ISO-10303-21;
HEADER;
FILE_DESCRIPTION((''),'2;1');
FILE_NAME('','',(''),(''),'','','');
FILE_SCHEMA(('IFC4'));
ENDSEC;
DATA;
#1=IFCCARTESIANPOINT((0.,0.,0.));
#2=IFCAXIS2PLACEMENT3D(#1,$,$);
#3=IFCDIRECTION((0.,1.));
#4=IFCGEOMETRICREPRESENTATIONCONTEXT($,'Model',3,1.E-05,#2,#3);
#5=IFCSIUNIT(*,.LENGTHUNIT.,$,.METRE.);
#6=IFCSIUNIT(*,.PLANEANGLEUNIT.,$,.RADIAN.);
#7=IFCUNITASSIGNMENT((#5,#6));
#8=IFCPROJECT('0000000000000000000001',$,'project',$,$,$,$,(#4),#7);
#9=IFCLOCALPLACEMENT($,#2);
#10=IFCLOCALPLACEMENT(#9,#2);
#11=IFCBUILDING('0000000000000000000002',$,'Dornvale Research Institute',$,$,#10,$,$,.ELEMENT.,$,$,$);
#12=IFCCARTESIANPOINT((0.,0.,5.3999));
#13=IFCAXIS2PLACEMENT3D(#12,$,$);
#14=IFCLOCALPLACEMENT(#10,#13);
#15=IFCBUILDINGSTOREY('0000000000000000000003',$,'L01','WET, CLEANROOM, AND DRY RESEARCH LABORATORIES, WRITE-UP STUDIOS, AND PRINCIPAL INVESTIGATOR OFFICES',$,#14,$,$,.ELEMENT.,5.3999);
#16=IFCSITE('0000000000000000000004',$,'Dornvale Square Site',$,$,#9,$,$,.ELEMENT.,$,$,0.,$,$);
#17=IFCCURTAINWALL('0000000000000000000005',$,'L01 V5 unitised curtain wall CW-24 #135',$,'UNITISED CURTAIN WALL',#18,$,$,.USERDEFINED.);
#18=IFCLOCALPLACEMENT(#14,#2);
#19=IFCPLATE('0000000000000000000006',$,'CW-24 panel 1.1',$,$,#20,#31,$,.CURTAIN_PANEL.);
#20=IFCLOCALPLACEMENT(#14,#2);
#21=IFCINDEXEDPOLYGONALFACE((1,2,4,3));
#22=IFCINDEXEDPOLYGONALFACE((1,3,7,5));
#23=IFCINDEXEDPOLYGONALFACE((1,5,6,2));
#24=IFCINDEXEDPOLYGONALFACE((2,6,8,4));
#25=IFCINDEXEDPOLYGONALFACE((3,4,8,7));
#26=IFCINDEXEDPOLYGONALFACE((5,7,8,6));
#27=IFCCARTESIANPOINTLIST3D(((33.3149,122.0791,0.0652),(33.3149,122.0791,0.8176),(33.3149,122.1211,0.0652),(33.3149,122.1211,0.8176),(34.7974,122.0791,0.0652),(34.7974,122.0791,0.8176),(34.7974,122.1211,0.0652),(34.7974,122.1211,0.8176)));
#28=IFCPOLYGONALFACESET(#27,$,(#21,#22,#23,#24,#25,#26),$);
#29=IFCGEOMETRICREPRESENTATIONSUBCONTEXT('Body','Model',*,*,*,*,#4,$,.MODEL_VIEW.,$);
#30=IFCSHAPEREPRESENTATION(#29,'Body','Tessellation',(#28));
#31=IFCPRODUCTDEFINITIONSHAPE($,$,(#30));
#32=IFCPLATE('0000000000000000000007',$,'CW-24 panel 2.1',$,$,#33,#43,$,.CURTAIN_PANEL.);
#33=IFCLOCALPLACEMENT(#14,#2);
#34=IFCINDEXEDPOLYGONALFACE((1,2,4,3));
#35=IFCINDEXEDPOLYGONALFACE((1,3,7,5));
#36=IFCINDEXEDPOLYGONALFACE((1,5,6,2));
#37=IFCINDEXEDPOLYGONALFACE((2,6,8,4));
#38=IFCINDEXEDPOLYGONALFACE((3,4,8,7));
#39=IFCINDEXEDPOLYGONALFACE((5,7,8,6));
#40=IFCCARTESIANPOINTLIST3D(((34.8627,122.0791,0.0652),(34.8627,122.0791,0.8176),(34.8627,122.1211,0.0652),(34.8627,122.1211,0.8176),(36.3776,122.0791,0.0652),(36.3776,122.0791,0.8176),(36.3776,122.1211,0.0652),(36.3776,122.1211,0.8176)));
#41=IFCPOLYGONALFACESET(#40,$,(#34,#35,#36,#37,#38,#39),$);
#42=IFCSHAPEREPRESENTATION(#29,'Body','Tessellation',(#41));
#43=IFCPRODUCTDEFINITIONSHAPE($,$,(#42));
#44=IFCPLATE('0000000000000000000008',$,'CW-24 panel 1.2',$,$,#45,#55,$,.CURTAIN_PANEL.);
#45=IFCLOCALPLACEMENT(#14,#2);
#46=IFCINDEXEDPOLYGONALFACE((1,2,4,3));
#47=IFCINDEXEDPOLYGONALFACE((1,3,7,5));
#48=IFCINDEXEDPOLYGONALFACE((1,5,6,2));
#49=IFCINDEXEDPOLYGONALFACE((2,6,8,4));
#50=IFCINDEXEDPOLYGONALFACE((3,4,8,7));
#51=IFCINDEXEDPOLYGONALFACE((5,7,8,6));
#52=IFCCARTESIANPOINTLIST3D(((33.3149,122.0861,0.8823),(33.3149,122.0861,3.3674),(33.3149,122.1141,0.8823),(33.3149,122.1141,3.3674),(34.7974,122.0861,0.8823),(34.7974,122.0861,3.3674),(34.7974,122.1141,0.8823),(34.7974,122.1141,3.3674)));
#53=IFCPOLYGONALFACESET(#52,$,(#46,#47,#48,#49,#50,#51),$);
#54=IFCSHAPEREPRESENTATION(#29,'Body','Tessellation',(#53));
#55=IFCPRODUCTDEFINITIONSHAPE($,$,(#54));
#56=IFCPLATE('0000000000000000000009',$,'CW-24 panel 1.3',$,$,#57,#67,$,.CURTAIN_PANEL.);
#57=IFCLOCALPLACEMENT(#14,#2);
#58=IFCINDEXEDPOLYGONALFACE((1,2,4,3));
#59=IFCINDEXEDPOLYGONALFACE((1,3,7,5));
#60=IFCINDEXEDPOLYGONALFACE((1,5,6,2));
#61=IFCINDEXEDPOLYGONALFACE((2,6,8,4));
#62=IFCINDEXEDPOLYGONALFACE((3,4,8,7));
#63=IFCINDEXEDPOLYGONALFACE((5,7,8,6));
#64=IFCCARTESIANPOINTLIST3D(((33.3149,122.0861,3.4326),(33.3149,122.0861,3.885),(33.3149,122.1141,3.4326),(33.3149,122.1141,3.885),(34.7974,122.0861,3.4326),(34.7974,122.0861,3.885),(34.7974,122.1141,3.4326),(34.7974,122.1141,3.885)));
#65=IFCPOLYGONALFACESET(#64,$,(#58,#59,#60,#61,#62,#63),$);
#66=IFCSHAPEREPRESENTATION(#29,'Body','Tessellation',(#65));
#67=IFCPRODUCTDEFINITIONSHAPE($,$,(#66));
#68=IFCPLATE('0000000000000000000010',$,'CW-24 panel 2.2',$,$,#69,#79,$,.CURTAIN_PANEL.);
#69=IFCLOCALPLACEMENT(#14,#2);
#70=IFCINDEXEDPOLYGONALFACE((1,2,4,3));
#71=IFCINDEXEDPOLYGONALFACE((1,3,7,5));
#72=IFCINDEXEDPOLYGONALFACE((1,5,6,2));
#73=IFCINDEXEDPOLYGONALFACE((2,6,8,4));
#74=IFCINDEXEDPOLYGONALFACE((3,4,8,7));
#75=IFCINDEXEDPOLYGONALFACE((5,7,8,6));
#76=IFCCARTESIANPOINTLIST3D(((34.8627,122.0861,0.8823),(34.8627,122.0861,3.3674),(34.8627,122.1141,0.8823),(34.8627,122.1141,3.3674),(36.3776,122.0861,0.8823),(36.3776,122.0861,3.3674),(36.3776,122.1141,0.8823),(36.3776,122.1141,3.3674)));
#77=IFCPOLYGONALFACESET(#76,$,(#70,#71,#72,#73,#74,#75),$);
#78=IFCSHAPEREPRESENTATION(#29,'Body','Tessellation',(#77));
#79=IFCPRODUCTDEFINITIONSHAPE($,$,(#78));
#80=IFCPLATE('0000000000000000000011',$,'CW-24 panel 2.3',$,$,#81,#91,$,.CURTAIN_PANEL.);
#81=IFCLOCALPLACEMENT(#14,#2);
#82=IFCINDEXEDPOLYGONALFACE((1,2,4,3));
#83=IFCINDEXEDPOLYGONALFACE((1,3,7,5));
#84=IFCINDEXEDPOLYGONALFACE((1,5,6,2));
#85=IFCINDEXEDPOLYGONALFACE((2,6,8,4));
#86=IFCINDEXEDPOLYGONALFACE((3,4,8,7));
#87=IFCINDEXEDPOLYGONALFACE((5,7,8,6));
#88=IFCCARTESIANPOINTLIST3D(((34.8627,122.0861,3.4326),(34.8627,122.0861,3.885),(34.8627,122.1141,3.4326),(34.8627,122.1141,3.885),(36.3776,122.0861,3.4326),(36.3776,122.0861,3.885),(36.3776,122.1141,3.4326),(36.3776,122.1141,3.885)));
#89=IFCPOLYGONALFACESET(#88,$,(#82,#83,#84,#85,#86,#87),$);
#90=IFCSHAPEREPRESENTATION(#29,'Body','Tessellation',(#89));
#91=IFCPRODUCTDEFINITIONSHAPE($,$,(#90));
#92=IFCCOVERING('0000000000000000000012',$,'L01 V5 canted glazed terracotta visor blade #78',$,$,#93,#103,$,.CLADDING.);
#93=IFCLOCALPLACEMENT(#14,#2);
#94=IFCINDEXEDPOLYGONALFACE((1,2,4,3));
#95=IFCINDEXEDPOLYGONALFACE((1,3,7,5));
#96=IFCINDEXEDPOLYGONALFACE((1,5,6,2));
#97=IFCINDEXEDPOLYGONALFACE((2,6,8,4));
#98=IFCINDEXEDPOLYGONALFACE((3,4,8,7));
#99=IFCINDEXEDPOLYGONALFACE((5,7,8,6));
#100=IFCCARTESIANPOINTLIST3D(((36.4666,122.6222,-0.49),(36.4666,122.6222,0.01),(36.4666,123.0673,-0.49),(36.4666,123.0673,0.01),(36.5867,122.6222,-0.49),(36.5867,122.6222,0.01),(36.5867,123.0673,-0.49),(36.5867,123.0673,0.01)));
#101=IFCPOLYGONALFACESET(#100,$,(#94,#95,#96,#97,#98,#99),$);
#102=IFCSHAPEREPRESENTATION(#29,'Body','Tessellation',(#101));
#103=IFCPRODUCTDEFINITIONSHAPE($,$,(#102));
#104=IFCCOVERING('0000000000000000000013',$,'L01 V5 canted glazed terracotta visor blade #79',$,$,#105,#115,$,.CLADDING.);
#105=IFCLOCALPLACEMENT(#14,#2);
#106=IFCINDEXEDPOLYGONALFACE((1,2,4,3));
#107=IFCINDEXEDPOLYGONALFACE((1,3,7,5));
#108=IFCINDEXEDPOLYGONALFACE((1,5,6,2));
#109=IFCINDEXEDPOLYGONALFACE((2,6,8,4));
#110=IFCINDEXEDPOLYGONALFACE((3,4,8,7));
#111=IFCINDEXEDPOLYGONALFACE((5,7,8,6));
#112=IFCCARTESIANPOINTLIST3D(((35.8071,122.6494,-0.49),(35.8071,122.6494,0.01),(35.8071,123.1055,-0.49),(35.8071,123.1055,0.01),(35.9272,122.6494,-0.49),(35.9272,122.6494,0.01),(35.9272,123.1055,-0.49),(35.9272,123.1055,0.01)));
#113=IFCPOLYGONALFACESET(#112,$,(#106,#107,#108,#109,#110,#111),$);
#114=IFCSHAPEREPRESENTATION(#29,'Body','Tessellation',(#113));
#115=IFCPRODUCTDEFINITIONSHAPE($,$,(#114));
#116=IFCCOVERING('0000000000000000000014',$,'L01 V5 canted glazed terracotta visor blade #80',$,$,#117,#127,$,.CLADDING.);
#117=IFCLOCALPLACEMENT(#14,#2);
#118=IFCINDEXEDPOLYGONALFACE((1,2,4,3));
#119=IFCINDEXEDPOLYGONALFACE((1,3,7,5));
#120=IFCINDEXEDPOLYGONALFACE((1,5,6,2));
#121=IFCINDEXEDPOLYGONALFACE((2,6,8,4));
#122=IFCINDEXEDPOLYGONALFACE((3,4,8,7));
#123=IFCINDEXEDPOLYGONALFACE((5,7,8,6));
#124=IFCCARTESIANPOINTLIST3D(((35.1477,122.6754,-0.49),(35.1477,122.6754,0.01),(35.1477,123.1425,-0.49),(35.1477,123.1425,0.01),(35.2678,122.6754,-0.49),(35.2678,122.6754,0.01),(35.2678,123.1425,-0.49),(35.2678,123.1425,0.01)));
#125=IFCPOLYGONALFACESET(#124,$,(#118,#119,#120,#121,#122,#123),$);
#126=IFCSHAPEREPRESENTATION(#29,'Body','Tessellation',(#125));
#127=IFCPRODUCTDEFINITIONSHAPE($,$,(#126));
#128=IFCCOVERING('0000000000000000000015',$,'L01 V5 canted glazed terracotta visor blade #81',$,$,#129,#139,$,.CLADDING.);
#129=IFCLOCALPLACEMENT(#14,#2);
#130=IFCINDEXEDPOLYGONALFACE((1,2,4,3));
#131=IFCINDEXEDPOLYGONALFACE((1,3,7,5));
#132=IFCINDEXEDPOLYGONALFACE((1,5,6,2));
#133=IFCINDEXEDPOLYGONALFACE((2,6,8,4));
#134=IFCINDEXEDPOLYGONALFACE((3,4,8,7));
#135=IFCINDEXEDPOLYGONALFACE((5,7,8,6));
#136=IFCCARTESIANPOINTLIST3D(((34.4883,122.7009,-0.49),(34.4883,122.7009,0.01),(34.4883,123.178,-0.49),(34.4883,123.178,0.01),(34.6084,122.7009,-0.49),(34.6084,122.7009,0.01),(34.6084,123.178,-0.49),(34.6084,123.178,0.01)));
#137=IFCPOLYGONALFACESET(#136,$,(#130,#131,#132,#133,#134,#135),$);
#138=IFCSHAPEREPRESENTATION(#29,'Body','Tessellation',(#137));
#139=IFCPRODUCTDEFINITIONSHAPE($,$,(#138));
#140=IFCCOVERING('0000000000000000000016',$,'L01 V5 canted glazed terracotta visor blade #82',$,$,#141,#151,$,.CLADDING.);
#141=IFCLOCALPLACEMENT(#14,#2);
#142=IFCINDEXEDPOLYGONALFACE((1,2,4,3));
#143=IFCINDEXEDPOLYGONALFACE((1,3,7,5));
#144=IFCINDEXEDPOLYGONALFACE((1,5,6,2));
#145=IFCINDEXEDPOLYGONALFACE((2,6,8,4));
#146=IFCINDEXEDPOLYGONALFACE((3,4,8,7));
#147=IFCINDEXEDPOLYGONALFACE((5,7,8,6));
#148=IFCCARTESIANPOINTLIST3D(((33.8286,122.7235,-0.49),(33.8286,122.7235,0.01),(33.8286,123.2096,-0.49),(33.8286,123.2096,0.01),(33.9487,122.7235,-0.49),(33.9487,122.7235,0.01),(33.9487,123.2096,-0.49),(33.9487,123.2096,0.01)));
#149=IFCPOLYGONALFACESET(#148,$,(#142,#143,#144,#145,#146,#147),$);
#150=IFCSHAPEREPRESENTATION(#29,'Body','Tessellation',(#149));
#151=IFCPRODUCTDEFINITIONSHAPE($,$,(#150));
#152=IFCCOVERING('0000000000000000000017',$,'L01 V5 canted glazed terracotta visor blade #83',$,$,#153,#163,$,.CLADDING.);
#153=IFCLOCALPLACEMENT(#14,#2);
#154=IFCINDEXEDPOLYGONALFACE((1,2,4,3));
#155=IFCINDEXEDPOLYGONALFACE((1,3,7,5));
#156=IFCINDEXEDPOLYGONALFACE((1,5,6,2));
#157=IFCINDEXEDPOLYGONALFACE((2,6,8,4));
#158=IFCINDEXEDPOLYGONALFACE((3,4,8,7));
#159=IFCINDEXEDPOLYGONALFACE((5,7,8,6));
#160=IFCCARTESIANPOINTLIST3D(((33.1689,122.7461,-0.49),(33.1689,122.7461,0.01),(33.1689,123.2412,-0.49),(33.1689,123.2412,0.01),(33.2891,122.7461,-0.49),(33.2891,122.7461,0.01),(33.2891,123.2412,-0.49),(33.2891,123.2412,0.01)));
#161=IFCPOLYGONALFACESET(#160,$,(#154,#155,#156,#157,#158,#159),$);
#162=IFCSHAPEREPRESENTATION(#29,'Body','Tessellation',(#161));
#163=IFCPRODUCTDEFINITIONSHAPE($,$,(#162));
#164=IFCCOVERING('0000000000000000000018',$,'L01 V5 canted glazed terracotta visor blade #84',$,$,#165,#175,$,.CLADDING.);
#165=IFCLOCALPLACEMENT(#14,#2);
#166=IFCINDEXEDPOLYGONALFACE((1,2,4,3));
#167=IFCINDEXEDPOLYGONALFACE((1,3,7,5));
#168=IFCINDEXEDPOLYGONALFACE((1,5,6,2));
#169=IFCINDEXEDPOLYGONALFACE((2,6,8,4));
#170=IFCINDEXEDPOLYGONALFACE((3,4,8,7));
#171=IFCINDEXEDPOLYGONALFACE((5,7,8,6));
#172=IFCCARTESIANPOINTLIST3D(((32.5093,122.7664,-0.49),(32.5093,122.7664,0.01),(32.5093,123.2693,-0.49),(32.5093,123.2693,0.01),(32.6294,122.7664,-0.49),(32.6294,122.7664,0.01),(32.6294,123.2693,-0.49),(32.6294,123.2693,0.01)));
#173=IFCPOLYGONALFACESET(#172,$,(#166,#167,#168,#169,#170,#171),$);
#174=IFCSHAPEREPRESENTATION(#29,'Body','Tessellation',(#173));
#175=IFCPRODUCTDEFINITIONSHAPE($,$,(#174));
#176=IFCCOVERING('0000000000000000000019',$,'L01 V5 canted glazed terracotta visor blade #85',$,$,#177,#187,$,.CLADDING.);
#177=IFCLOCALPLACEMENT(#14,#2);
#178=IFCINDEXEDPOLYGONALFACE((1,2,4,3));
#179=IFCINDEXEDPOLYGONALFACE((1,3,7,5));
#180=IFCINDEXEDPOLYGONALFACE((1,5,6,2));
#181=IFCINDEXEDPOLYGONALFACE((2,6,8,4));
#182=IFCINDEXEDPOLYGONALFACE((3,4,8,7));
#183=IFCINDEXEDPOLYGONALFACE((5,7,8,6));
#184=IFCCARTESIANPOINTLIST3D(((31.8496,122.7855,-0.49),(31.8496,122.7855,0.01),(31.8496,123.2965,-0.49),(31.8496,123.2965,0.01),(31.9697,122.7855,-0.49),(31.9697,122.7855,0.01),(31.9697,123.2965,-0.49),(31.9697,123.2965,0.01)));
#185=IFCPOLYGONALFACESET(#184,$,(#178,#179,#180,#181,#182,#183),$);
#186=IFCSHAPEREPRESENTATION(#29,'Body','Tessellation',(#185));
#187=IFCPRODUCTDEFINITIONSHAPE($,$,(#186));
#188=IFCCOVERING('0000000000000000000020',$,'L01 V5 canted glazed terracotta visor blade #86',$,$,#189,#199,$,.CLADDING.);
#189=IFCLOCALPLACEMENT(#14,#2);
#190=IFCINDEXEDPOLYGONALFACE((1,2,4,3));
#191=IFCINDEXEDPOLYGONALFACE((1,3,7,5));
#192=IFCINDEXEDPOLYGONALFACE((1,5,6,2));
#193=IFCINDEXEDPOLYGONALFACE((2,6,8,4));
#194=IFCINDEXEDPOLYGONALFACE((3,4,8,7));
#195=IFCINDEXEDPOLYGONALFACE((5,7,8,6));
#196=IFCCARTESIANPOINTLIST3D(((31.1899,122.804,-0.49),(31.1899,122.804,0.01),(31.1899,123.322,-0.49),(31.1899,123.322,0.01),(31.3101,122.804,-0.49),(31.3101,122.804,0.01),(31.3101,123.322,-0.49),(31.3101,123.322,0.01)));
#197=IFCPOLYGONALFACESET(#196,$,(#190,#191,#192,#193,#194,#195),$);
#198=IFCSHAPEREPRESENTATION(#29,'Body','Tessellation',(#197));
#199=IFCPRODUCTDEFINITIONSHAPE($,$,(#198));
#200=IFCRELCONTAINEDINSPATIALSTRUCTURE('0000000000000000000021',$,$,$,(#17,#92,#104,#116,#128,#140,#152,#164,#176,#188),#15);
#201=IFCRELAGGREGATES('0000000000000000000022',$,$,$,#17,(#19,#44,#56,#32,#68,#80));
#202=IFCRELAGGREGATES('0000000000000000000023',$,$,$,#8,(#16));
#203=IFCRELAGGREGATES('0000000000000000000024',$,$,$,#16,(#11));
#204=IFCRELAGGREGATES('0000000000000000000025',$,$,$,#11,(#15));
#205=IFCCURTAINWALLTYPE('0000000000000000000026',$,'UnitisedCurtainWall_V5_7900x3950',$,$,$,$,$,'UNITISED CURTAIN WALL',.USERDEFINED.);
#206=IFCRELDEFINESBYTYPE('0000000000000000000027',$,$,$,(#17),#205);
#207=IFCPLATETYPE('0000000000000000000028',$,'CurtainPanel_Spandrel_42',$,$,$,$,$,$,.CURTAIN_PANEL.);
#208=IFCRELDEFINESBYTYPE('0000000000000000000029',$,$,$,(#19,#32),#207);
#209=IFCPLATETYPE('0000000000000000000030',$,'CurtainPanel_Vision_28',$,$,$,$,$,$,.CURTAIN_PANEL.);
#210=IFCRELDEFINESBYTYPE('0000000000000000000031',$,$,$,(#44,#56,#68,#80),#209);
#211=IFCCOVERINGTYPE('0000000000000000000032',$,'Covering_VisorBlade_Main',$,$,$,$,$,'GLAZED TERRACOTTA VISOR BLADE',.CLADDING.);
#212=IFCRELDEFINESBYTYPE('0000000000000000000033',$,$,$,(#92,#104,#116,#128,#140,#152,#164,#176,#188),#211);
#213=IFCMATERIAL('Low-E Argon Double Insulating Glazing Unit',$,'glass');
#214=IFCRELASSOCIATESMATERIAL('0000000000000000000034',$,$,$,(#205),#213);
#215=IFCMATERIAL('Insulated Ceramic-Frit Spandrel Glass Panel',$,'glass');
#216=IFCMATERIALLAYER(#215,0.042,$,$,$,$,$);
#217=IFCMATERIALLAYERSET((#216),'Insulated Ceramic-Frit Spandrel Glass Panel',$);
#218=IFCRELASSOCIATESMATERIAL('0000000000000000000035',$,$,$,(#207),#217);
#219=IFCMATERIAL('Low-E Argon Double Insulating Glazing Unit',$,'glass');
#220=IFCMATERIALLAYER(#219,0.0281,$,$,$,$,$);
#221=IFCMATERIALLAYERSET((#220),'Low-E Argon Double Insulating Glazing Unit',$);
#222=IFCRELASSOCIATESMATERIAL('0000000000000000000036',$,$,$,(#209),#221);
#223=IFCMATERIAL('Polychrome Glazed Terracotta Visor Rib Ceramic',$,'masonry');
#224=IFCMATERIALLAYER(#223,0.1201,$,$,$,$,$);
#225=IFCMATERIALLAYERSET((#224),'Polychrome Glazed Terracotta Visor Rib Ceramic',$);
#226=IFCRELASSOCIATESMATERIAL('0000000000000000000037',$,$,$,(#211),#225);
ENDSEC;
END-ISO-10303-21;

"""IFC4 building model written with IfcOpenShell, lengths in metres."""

from ifc_helpers import new_model, si_unit, direction, frame, origin, origin_2d, place, context, subcontext, project, spatial, rectangle, extrude, material, layer, layer_set, type_object, element, aggregate, save


model = new_model("IFC4")

# Units and contexts
model_context = context("Model", 3, precision=1e-05, world=origin(), true_north=direction((0.0, 1.0)))
body_context = subcontext(model_context, "Body", "Model", "MODEL_VIEW")
ifc_project = project(units=[si_unit("LENGTHUNIT", "METRE"), si_unit("PLANEANGLEUNIT", "RADIAN")], contexts=[model_context])

# Site, building, storey
site_placement = place(None, origin())
site = spatial("IfcSite", under=ifc_project, at=site_placement, Name="Dornvale Square Site", CompositionType="ELEMENT", RefElevation=0.0)
building_placement = place(site_placement, origin())
building = spatial("IfcBuilding", under=site, at=building_placement, Name="Dornvale Research Institute", CompositionType="ELEMENT")
storey_placement = place(building_placement, frame((0.0, 0.0, 5.3999)))
storey = spatial("IfcBuildingStorey", under=building, at=storey_placement, Name="L01", Description="WET, CLEANROOM, AND DRY RESEARCH LABORATORIES, WRITE-UP STUDIOS, AND PRINCIPAL INVESTIGATOR OFFICES", CompositionType="ELEMENT", Elevation=5.3999)

# Curtain wall, plates
ifc_material_1 = material(Name="Low-E Argon Double Insulating Glazing Unit", Category="glass")
curtain_wall_type = type_object("IfcCurtainWallType", Name="UnitisedCurtainWall_V5_7900x3950", ElementType="UNITISED CURTAIN WALL", PredefinedType="USERDEFINED", material=ifc_material_1)
curtain_wall_placement = place(storey_placement, origin())
curtain_wall = element("IfcCurtainWall", 1, at=curtain_wall_placement, inside=storey, type_object=curtain_wall_type, Name="L01 V5 unitised curtain wall CW-24 #135", ObjectType="UNITISED CURTAIN WALL", PredefinedType="USERDEFINED")
ifc_material_2 = material(Name="Insulated Ceramic-Frit Spandrel Glass Panel", Category="glass")
ifc_layer_1 = layer(ifc_material_2, 0.042)
ifc_layer_set_1 = layer_set([ifc_layer_1], Name="Insulated Ceramic-Frit Spandrel Glass Panel")
plate_type_1 = type_object("IfcPlateType", Name="CurtainPanel_Spandrel_42", PredefinedType="CURTAIN_PANEL", material=ifc_layer_set_1)
plate_1_placement = place(storey_placement, frame((34.0562, 122.1001, 0.0652), z_axis=(0.0, 0.0, 1.0), x_axis=(1.0, 0.0, 0.0)))
plate_1 = element("IfcPlate", 2, at=plate_1_placement, type_object=plate_type_1, Name="CW-24 panel 1.1", PredefinedType="CURTAIN_PANEL", context=body_context, shape_type="SweptSolid", body=[
    extrude(rectangle(XDim=1.4824, YDim=0.042, at=origin_2d()), origin(), (0.0, 0.0, 1.0), 0.7524),
])
plate_2_placement = place(storey_placement, frame((35.6201, 122.1001, 0.0652), z_axis=(0.0, 0.0, 1.0), x_axis=(1.0, 0.0, 0.0)))
plate_2 = element("IfcPlate", 3, at=plate_2_placement, type_object=plate_type_1, Name="CW-24 panel 2.1", PredefinedType="CURTAIN_PANEL", context=body_context, shape_type="SweptSolid", body=[
    extrude(rectangle(XDim=1.5149, YDim=0.042, at=origin_2d()), origin(), (0.0, 0.0, 1.0), 0.7524),
])
ifc_material_3 = material(Name="Low-E Argon Double Insulating Glazing Unit", Category="glass")
ifc_layer_2 = layer(ifc_material_3, 0.0281)
ifc_layer_set_2 = layer_set([ifc_layer_2], Name="Low-E Argon Double Insulating Glazing Unit")
plate_type_2 = type_object("IfcPlateType", Name="CurtainPanel_Vision_28", PredefinedType="CURTAIN_PANEL", material=ifc_layer_set_2)
plate_3_placement = place(storey_placement, frame((34.0562, 122.1001, 0.8823), z_axis=(0.0, 0.0, 1.0), x_axis=(1.0, 0.0, 0.0)))
plate_3 = element("IfcPlate", 4, at=plate_3_placement, type_object=plate_type_2, Name="CW-24 panel 1.2", PredefinedType="CURTAIN_PANEL", context=body_context, shape_type="SweptSolid", body=[
    extrude(rectangle(XDim=1.4824, YDim=0.0281, at=origin_2d()), origin(), (0.0, 0.0, 1.0), 2.4851),
])
plate_4_placement = place(storey_placement, frame((34.0562, 122.1001, 3.4326), z_axis=(0.0, 0.0, 1.0), x_axis=(1.0, 0.0, 0.0)))
plate_4 = element("IfcPlate", 5, at=plate_4_placement, type_object=plate_type_2, Name="CW-24 panel 1.3", PredefinedType="CURTAIN_PANEL", context=body_context, shape_type="SweptSolid", body=[
    extrude(rectangle(XDim=1.4824, YDim=0.0281, at=origin_2d()), origin(), (0.0, 0.0, 1.0), 0.4524),
])
plate_5_placement = place(storey_placement, frame((35.6201, 122.1001, 0.8823), z_axis=(0.0, 0.0, 1.0), x_axis=(1.0, 0.0, 0.0)))
plate_5 = element("IfcPlate", 6, at=plate_5_placement, type_object=plate_type_2, Name="CW-24 panel 2.2", PredefinedType="CURTAIN_PANEL", context=body_context, shape_type="SweptSolid", body=[
    extrude(rectangle(XDim=1.5149, YDim=0.0281, at=origin_2d()), origin(), (0.0, 0.0, 1.0), 2.4851),
])
plate_6_placement = place(storey_placement, frame((35.6201, 122.1001, 3.4326), z_axis=(0.0, 0.0, 1.0), x_axis=(1.0, 0.0, 0.0)))
plate_6 = element("IfcPlate", 7, at=plate_6_placement, type_object=plate_type_2, Name="CW-24 panel 2.3", PredefinedType="CURTAIN_PANEL", context=body_context, shape_type="SweptSolid", body=[
    extrude(rectangle(XDim=1.5149, YDim=0.0281, at=origin_2d()), origin(), (0.0, 0.0, 1.0), 0.4524),
])
aggregate(curtain_wall, [plate_1, plate_3, plate_4, plate_2, plate_5, plate_6])

# Coverings
ifc_material_4 = material(Name="Polychrome Glazed Terracotta Visor Rib Ceramic", Category="masonry")
ifc_layer_3 = layer(ifc_material_4, 0.1201)
ifc_layer_set_3 = layer_set([ifc_layer_3], Name="Polychrome Glazed Terracotta Visor Rib Ceramic")
covering_type = type_object("IfcCoveringType", Name="Covering_VisorBlade_Main", ElementType="GLAZED TERRACOTTA VISOR BLADE", PredefinedType="CLADDING", material=ifc_layer_set_3)
covering_1_placement = place(storey_placement, frame((36.5266, 122.8447, -0.49), z_axis=(0.0, 0.0, 1.0), x_axis=(0.0, 1.0, 0.0)))
element("IfcCovering", 8, at=covering_1_placement, inside=storey, type_object=covering_type, Name="L01 V5 canted glazed terracotta visor blade #78", PredefinedType="CLADDING", context=body_context, shape_type="SweptSolid", body=[
    extrude(rectangle(XDim=0.4451, YDim=0.1201, at=origin_2d()), origin(), (0.0, 0.0, 1.0), 0.5),
])
covering_2_placement = place(storey_placement, frame((35.8672, 122.8774, -0.49), z_axis=(0.0, 0.0, 1.0), x_axis=(0.0, 1.0, 0.0)))
element("IfcCovering", 9, at=covering_2_placement, inside=storey, type_object=covering_type, Name="L01 V5 canted glazed terracotta visor blade #79", PredefinedType="CLADDING", context=body_context, shape_type="SweptSolid", body=[
    extrude(rectangle(XDim=0.4561, YDim=0.1201, at=origin_2d()), origin(), (0.0, 0.0, 1.0), 0.5),
])
covering_3_placement = place(storey_placement, frame((35.2078, 122.9089, -0.49), z_axis=(0.0, 0.0, 1.0), x_axis=(0.0, 1.0, 0.0)))
element("IfcCovering", 10, at=covering_3_placement, inside=storey, type_object=covering_type, Name="L01 V5 canted glazed terracotta visor blade #80", PredefinedType="CLADDING", context=body_context, shape_type="SweptSolid", body=[
    extrude(rectangle(XDim=0.467, YDim=0.1201, at=origin_2d()), origin(), (0.0, 0.0, 1.0), 0.5),
])
covering_4_placement = place(storey_placement, frame((34.5483, 122.9395, -0.49), z_axis=(0.0, 0.0, 1.0), x_axis=(0.0, 1.0, 0.0)))
element("IfcCovering", 11, at=covering_4_placement, inside=storey, type_object=covering_type, Name="L01 V5 canted glazed terracotta visor blade #81", PredefinedType="CLADDING", context=body_context, shape_type="SweptSolid", body=[
    extrude(rectangle(XDim=0.4771, YDim=0.1201, at=origin_2d()), origin(), (0.0, 0.0, 1.0), 0.5),
])
covering_5_placement = place(storey_placement, frame((33.8887, 122.9666, -0.49), z_axis=(0.0, 0.0, 1.0), x_axis=(0.0, 1.0, 0.0)))
element("IfcCovering", 12, at=covering_5_placement, inside=storey, type_object=covering_type, Name="L01 V5 canted glazed terracotta visor blade #82", PredefinedType="CLADDING", context=body_context, shape_type="SweptSolid", body=[
    extrude(rectangle(XDim=0.4861, YDim=0.1201, at=origin_2d()), origin(), (0.0, 0.0, 1.0), 0.5),
])
covering_6_placement = place(storey_placement, frame((33.229, 122.9937, -0.49), z_axis=(0.0, 0.0, 1.0), x_axis=(0.0, 1.0, 0.0)))
element("IfcCovering", 13, at=covering_6_placement, inside=storey, type_object=covering_type, Name="L01 V5 canted glazed terracotta visor blade #83", PredefinedType="CLADDING", context=body_context, shape_type="SweptSolid", body=[
    extrude(rectangle(XDim=0.4951, YDim=0.1201, at=origin_2d()), origin(), (0.0, 0.0, 1.0), 0.5),
])
covering_7_placement = place(storey_placement, frame((32.5693, 123.0178, -0.49), z_axis=(0.0, 0.0, 1.0), x_axis=(0.0, 1.0, 0.0)))
element("IfcCovering", 14, at=covering_7_placement, inside=storey, type_object=covering_type, Name="L01 V5 canted glazed terracotta visor blade #84", PredefinedType="CLADDING", context=body_context, shape_type="SweptSolid", body=[
    extrude(rectangle(XDim=0.5029, YDim=0.1201, at=origin_2d()), origin(), (0.0, 0.0, 1.0), 0.5),
])
covering_8_placement = place(storey_placement, frame((31.9097, 123.041, -0.49), z_axis=(0.0, 0.0, 1.0), x_axis=(0.0, 1.0, 0.0)))
element("IfcCovering", 15, at=covering_8_placement, inside=storey, type_object=covering_type, Name="L01 V5 canted glazed terracotta visor blade #85", PredefinedType="CLADDING", context=body_context, shape_type="SweptSolid", body=[
    extrude(rectangle(XDim=0.511, YDim=0.1201, at=origin_2d()), origin(), (0.0, 0.0, 1.0), 0.5),
])
covering_9_placement = place(storey_placement, frame((31.25, 123.063, -0.49), z_axis=(0.0, 0.0, 1.0), x_axis=(0.0, 1.0, 0.0)))
element("IfcCovering", 16, at=covering_9_placement, inside=storey, type_object=covering_type, Name="L01 V5 canted glazed terracotta visor blade #86", PredefinedType="CLADDING", context=body_context, shape_type="SweptSolid", body=[
    extrude(rectangle(XDim=0.5181, YDim=0.1201, at=origin_2d()), origin(), (0.0, 0.0, 1.0), 0.5),
])

save(model, "model.ifc")
